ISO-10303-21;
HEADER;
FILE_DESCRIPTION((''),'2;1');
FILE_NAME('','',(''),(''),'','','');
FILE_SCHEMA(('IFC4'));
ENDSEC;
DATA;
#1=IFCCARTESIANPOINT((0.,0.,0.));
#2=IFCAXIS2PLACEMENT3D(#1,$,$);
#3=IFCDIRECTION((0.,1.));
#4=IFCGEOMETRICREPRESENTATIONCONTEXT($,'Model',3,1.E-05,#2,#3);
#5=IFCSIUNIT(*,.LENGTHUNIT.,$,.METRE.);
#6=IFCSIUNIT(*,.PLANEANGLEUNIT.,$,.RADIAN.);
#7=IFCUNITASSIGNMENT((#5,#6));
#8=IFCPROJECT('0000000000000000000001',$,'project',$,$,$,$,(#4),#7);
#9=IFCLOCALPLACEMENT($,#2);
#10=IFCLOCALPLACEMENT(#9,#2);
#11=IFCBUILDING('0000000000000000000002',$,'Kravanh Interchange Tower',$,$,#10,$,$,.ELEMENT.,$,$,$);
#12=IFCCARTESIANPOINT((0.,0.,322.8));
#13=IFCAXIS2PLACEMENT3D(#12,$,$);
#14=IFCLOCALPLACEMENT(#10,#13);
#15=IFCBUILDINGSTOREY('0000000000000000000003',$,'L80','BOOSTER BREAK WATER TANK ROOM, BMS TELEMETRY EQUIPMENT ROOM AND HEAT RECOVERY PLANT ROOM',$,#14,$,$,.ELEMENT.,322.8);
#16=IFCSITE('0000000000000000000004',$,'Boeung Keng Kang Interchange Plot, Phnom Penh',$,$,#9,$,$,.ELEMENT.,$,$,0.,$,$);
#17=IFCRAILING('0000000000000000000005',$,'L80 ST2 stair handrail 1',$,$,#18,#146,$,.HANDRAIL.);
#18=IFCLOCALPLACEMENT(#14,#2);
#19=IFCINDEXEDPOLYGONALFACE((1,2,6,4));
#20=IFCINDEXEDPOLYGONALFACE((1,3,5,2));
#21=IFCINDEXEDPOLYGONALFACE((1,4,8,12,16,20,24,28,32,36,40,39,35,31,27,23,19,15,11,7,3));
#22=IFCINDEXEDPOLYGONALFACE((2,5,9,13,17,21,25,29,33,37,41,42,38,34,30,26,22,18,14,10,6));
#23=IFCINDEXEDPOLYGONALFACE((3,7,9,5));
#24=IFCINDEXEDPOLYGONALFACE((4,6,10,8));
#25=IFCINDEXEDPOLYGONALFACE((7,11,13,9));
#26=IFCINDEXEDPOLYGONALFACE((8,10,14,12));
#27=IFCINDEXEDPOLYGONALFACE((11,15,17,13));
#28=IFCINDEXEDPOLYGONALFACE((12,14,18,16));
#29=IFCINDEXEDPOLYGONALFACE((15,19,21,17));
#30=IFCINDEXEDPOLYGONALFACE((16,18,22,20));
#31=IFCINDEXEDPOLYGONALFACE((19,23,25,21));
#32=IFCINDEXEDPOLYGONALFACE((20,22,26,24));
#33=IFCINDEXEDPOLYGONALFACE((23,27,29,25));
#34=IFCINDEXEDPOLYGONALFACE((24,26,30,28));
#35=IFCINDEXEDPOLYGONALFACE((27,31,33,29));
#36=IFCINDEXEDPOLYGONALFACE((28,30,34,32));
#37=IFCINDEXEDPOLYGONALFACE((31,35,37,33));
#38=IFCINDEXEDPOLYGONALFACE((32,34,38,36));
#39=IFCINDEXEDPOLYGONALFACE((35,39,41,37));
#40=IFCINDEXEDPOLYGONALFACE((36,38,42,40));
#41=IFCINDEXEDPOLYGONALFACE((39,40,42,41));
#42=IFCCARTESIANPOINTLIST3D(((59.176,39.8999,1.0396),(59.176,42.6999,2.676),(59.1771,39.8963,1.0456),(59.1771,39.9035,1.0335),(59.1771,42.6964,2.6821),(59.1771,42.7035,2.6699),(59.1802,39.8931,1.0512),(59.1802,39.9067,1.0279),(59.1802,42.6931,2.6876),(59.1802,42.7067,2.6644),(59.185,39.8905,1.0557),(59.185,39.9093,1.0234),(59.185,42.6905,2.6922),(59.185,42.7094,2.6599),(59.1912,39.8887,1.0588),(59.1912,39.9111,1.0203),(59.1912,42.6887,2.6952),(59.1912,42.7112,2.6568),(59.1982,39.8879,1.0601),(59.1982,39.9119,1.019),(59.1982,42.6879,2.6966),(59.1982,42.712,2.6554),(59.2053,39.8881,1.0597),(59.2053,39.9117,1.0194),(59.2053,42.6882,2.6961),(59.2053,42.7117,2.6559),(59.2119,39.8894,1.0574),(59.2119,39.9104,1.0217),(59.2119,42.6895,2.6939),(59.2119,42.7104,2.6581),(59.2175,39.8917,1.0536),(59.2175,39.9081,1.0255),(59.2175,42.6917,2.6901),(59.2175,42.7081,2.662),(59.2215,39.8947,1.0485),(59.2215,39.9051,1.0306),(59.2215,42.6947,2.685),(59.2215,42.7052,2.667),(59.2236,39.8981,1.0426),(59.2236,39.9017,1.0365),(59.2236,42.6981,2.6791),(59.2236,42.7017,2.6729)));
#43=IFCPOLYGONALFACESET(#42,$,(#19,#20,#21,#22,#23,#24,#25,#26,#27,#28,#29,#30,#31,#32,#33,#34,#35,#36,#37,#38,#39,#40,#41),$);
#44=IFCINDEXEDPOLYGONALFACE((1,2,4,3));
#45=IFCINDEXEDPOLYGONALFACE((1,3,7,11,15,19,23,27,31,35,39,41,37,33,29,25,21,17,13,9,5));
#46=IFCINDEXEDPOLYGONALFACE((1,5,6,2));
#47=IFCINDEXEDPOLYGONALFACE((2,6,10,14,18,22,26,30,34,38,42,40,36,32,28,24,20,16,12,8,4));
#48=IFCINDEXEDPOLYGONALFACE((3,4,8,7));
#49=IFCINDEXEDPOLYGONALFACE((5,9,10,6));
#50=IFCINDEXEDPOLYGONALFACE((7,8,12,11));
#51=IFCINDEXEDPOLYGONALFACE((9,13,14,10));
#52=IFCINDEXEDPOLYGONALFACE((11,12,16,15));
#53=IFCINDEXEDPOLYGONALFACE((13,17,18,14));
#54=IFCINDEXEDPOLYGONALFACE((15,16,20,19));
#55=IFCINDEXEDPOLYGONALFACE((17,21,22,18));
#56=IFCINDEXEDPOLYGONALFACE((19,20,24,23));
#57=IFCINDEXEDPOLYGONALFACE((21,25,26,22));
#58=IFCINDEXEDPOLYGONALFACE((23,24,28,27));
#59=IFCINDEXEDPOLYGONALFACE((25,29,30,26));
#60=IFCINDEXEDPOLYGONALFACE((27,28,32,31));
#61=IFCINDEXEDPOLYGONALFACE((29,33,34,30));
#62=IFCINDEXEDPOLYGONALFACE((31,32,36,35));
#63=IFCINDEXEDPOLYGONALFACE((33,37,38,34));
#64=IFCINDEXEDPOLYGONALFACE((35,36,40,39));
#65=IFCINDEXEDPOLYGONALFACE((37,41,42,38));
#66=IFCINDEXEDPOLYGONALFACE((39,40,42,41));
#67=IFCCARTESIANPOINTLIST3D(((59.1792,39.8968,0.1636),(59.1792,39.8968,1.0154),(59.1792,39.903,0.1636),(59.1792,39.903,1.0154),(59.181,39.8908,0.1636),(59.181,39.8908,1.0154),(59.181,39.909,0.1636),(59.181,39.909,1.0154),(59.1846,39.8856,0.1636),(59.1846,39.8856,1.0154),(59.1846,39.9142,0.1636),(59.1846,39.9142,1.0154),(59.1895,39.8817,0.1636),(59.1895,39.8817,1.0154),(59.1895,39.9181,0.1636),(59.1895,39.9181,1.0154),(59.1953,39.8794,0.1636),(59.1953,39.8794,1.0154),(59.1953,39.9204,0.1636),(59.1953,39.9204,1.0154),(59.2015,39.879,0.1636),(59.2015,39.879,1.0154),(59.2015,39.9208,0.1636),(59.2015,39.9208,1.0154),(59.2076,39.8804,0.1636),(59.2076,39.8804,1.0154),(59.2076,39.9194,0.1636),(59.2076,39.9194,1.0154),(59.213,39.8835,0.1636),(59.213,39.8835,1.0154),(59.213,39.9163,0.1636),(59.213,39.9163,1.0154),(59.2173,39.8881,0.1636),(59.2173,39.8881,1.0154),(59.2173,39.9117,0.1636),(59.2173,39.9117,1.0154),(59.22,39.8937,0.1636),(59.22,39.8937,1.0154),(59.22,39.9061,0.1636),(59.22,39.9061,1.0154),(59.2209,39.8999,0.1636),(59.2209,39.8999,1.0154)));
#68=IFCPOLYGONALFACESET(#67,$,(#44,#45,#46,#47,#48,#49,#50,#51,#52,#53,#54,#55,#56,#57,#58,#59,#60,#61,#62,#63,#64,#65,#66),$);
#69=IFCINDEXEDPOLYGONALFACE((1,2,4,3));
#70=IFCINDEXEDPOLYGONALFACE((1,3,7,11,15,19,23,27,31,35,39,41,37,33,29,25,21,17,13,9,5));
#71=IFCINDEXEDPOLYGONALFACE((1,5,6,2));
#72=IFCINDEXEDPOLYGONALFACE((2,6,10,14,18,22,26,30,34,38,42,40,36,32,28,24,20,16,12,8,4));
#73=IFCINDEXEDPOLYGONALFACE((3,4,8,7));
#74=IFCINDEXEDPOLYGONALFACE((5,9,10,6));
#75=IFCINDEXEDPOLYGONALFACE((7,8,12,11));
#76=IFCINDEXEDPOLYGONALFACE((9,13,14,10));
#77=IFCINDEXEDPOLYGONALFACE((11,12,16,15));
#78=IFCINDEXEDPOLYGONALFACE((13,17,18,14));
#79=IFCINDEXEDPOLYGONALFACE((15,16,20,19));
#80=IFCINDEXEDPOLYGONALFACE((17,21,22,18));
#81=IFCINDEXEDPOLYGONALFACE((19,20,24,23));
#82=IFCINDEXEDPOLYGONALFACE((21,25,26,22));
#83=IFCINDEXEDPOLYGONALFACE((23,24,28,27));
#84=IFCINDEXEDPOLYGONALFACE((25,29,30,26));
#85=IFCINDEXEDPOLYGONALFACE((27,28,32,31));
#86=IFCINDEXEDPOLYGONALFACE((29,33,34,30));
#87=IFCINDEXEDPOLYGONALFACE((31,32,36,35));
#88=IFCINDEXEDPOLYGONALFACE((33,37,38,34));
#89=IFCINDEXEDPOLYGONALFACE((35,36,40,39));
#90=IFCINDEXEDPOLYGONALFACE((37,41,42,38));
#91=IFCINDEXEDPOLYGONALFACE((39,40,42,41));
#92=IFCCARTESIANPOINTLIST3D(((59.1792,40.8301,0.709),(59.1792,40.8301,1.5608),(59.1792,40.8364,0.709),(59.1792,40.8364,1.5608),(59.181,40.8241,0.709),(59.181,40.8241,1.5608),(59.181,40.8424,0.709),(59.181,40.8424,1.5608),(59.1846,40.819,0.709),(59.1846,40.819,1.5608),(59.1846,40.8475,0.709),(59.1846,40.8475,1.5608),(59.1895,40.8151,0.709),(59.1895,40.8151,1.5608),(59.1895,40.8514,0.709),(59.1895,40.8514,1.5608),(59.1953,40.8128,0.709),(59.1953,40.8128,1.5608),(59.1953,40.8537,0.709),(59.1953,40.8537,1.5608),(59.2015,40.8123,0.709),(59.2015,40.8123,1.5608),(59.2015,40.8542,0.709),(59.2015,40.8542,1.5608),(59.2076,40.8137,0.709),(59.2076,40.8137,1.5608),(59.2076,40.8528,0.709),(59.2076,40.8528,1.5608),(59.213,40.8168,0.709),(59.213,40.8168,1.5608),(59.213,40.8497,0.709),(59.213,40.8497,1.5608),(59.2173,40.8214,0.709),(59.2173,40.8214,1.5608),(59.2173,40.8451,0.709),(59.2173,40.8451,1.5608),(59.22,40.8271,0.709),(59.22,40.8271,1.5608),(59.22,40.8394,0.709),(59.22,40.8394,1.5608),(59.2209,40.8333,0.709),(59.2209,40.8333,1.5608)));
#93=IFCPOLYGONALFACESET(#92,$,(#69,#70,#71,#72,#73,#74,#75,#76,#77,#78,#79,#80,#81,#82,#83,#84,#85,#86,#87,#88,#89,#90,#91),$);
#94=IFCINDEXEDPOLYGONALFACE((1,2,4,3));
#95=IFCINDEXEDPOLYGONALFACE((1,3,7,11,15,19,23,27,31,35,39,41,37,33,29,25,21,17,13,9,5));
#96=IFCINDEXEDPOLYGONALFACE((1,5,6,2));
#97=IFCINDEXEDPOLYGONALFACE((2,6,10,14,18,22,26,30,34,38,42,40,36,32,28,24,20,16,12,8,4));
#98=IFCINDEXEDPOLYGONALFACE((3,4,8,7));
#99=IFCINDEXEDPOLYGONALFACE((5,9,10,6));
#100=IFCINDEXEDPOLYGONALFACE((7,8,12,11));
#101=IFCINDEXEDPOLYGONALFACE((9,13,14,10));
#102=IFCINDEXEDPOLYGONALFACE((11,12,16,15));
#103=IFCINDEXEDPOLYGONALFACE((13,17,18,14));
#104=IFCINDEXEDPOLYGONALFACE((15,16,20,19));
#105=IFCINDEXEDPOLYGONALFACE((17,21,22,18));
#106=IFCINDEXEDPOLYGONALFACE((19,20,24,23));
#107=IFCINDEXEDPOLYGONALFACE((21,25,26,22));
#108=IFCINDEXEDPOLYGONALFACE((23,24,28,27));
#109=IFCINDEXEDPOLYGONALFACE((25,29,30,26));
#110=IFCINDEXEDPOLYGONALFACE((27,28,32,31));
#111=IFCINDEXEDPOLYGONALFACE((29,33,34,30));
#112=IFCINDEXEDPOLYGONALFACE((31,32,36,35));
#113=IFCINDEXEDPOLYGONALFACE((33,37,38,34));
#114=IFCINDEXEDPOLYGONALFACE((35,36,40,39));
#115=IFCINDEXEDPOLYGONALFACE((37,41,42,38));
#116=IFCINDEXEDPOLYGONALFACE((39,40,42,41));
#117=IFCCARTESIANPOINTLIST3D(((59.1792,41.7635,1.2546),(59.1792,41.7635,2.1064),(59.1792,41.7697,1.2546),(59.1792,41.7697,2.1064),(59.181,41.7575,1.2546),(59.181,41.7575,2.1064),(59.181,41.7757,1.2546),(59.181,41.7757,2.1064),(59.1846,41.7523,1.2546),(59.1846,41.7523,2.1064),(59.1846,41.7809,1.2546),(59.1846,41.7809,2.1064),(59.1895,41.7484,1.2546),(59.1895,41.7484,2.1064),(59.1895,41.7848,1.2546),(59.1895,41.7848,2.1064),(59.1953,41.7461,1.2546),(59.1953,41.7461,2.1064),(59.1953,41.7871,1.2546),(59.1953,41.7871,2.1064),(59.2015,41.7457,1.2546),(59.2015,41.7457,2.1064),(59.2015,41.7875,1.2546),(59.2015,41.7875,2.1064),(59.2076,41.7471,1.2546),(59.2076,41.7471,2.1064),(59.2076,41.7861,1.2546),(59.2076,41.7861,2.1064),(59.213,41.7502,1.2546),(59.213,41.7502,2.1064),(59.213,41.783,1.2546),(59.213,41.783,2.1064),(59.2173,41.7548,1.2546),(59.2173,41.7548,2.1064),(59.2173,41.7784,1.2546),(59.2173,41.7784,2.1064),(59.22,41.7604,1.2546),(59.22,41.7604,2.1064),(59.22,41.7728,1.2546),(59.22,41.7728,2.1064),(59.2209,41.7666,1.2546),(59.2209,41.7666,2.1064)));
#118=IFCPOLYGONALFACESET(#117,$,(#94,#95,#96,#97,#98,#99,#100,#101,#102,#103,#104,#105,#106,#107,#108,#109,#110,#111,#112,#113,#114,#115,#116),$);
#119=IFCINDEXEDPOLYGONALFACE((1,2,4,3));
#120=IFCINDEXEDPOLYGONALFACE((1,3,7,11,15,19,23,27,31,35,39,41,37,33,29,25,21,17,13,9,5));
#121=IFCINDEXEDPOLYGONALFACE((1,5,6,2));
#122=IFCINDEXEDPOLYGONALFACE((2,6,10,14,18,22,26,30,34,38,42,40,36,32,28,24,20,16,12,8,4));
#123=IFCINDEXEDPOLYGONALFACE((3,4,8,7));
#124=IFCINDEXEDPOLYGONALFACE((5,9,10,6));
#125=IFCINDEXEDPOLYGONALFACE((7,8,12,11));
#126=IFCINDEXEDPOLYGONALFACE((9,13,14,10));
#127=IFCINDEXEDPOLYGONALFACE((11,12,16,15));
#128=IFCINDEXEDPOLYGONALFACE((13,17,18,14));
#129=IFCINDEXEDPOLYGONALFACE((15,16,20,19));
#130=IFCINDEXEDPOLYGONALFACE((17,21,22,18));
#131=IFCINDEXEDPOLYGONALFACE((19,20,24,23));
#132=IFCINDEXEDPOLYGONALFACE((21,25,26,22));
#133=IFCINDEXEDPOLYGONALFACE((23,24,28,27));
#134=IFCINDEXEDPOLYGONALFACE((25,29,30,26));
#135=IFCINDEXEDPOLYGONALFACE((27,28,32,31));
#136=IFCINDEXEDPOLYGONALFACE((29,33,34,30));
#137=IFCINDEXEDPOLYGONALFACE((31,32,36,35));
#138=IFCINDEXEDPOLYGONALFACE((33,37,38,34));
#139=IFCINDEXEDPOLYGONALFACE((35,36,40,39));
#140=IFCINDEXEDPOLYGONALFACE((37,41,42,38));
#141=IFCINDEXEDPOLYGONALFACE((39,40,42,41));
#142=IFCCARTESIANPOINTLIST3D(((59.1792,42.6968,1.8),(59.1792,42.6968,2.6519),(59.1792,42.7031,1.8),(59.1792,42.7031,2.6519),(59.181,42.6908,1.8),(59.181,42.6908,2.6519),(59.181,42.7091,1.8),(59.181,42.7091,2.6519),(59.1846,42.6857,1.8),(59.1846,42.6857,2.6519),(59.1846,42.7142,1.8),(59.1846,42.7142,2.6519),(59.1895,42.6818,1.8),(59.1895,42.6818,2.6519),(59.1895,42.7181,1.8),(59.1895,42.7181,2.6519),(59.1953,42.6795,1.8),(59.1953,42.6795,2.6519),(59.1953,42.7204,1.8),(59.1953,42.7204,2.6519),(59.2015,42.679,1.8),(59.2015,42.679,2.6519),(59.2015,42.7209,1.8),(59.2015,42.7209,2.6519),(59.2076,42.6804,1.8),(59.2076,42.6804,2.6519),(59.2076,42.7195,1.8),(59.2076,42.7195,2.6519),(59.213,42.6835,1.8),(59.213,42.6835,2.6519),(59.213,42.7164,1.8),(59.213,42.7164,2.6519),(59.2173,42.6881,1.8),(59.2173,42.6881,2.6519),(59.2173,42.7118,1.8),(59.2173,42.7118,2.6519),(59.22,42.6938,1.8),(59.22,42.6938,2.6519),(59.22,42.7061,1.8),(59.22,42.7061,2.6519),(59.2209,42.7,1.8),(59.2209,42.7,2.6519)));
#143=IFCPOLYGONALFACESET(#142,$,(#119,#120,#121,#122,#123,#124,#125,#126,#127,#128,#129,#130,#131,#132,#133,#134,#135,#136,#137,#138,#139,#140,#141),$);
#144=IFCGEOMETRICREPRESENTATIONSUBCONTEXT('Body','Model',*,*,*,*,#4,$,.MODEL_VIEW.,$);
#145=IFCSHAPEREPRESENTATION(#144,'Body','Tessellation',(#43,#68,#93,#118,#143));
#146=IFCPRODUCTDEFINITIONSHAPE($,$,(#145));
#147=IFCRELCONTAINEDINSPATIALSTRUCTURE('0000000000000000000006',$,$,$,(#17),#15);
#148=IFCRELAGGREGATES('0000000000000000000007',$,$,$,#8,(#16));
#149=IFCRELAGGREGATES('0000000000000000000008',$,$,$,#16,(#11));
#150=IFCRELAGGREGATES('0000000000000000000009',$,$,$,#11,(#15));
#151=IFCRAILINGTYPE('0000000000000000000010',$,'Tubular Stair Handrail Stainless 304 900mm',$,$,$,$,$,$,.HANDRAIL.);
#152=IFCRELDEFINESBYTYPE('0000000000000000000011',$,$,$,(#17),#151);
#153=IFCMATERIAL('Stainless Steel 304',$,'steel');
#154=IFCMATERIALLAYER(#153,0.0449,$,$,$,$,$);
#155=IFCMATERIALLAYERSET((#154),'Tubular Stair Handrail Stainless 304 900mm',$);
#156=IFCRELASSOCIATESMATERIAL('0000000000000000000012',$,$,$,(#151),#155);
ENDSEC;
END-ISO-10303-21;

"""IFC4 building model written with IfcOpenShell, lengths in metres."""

from ifc_helpers import new_model, si_unit, direction, frame, origin, origin_2d, place, context, subcontext, project, spatial, circle, extrude, material, layer, layer_set, type_object, element, save


model = new_model("IFC4")

# Units and contexts
model_context = context("Model", 3, precision=1e-05, world=origin(), true_north=direction((0.0, 1.0)))
body_context = subcontext(model_context, "Body", "Model", "MODEL_VIEW")
ifc_project = project(units=[si_unit("LENGTHUNIT", "METRE"), si_unit("PLANEANGLEUNIT", "RADIAN")], contexts=[model_context])

# Site, building, storey
site_placement = place(None, origin())
site = spatial("IfcSite", under=ifc_project, at=site_placement, Name="Boeung Keng Kang Interchange Plot, Phnom Penh", CompositionType="ELEMENT", RefElevation=0.0)
building_placement = place(site_placement, origin())
building = spatial("IfcBuilding", under=site, at=building_placement, Name="Kravanh Interchange Tower", CompositionType="ELEMENT")
storey_placement = place(building_placement, frame((0.0, 0.0, 322.8)))
storey = spatial("IfcBuildingStorey", under=building, at=storey_placement, Name="L80", Description="BOOSTER BREAK WATER TANK ROOM, BMS TELEMETRY EQUIPMENT ROOM AND HEAT RECOVERY PLANT ROOM", CompositionType="ELEMENT", Elevation=322.8)

# Railing
ifc_material_1 = material(Name="Stainless Steel 304", Category="steel")
ifc_layer_1 = layer(ifc_material_1, 0.0449)
ifc_layer_set_1 = layer_set([ifc_layer_1], Name="Tubular Stair Handrail Stainless 304 900mm")
railing_type_1 = type_object("IfcRailingType", Name="Tubular Stair Handrail Stainless 304 900mm", PredefinedType="HANDRAIL", material=ifc_layer_set_1)
railing_1_placement = place(storey_placement, frame((59.2, 39.8999, 0.1636)))
element("IfcRailing", 1, at=railing_1_placement, inside=storey, type_object=railing_type_1, Name="L80 ST2 stair handrail 1", PredefinedType="HANDRAIL", context=body_context, shape_type="SweptSolid", body=[
    extrude(circle(Radius=0.0239, at=origin_2d()), frame((0.0, 0.0, 0.876), z_axis=(0.0, 0.863361, 0.504587), x_axis=(-1.0, 0.0, 0.0)), (0.0, 0.0, 1.0), 3.2432),
    extrude(circle(Radius=0.021, at=origin_2d()), origin(), (0.0, 0.0, 1.0), 0.8518),
    extrude(circle(Radius=0.021, at=origin_2d()), frame((0.0, 0.9333, 0.5454)), (0.0, 0.0, 1.0), 0.8518),
    extrude(circle(Radius=0.021, at=origin_2d()), frame((0.0, 1.8667, 1.0911)), (0.0, 0.0, 1.0), 0.8518),
    extrude(circle(Radius=0.021, at=origin_2d()), frame((0.0, 2.8, 1.6365)), (0.0, 0.0, 1.0), 0.8518),
])

save(model, "model.ifc")
